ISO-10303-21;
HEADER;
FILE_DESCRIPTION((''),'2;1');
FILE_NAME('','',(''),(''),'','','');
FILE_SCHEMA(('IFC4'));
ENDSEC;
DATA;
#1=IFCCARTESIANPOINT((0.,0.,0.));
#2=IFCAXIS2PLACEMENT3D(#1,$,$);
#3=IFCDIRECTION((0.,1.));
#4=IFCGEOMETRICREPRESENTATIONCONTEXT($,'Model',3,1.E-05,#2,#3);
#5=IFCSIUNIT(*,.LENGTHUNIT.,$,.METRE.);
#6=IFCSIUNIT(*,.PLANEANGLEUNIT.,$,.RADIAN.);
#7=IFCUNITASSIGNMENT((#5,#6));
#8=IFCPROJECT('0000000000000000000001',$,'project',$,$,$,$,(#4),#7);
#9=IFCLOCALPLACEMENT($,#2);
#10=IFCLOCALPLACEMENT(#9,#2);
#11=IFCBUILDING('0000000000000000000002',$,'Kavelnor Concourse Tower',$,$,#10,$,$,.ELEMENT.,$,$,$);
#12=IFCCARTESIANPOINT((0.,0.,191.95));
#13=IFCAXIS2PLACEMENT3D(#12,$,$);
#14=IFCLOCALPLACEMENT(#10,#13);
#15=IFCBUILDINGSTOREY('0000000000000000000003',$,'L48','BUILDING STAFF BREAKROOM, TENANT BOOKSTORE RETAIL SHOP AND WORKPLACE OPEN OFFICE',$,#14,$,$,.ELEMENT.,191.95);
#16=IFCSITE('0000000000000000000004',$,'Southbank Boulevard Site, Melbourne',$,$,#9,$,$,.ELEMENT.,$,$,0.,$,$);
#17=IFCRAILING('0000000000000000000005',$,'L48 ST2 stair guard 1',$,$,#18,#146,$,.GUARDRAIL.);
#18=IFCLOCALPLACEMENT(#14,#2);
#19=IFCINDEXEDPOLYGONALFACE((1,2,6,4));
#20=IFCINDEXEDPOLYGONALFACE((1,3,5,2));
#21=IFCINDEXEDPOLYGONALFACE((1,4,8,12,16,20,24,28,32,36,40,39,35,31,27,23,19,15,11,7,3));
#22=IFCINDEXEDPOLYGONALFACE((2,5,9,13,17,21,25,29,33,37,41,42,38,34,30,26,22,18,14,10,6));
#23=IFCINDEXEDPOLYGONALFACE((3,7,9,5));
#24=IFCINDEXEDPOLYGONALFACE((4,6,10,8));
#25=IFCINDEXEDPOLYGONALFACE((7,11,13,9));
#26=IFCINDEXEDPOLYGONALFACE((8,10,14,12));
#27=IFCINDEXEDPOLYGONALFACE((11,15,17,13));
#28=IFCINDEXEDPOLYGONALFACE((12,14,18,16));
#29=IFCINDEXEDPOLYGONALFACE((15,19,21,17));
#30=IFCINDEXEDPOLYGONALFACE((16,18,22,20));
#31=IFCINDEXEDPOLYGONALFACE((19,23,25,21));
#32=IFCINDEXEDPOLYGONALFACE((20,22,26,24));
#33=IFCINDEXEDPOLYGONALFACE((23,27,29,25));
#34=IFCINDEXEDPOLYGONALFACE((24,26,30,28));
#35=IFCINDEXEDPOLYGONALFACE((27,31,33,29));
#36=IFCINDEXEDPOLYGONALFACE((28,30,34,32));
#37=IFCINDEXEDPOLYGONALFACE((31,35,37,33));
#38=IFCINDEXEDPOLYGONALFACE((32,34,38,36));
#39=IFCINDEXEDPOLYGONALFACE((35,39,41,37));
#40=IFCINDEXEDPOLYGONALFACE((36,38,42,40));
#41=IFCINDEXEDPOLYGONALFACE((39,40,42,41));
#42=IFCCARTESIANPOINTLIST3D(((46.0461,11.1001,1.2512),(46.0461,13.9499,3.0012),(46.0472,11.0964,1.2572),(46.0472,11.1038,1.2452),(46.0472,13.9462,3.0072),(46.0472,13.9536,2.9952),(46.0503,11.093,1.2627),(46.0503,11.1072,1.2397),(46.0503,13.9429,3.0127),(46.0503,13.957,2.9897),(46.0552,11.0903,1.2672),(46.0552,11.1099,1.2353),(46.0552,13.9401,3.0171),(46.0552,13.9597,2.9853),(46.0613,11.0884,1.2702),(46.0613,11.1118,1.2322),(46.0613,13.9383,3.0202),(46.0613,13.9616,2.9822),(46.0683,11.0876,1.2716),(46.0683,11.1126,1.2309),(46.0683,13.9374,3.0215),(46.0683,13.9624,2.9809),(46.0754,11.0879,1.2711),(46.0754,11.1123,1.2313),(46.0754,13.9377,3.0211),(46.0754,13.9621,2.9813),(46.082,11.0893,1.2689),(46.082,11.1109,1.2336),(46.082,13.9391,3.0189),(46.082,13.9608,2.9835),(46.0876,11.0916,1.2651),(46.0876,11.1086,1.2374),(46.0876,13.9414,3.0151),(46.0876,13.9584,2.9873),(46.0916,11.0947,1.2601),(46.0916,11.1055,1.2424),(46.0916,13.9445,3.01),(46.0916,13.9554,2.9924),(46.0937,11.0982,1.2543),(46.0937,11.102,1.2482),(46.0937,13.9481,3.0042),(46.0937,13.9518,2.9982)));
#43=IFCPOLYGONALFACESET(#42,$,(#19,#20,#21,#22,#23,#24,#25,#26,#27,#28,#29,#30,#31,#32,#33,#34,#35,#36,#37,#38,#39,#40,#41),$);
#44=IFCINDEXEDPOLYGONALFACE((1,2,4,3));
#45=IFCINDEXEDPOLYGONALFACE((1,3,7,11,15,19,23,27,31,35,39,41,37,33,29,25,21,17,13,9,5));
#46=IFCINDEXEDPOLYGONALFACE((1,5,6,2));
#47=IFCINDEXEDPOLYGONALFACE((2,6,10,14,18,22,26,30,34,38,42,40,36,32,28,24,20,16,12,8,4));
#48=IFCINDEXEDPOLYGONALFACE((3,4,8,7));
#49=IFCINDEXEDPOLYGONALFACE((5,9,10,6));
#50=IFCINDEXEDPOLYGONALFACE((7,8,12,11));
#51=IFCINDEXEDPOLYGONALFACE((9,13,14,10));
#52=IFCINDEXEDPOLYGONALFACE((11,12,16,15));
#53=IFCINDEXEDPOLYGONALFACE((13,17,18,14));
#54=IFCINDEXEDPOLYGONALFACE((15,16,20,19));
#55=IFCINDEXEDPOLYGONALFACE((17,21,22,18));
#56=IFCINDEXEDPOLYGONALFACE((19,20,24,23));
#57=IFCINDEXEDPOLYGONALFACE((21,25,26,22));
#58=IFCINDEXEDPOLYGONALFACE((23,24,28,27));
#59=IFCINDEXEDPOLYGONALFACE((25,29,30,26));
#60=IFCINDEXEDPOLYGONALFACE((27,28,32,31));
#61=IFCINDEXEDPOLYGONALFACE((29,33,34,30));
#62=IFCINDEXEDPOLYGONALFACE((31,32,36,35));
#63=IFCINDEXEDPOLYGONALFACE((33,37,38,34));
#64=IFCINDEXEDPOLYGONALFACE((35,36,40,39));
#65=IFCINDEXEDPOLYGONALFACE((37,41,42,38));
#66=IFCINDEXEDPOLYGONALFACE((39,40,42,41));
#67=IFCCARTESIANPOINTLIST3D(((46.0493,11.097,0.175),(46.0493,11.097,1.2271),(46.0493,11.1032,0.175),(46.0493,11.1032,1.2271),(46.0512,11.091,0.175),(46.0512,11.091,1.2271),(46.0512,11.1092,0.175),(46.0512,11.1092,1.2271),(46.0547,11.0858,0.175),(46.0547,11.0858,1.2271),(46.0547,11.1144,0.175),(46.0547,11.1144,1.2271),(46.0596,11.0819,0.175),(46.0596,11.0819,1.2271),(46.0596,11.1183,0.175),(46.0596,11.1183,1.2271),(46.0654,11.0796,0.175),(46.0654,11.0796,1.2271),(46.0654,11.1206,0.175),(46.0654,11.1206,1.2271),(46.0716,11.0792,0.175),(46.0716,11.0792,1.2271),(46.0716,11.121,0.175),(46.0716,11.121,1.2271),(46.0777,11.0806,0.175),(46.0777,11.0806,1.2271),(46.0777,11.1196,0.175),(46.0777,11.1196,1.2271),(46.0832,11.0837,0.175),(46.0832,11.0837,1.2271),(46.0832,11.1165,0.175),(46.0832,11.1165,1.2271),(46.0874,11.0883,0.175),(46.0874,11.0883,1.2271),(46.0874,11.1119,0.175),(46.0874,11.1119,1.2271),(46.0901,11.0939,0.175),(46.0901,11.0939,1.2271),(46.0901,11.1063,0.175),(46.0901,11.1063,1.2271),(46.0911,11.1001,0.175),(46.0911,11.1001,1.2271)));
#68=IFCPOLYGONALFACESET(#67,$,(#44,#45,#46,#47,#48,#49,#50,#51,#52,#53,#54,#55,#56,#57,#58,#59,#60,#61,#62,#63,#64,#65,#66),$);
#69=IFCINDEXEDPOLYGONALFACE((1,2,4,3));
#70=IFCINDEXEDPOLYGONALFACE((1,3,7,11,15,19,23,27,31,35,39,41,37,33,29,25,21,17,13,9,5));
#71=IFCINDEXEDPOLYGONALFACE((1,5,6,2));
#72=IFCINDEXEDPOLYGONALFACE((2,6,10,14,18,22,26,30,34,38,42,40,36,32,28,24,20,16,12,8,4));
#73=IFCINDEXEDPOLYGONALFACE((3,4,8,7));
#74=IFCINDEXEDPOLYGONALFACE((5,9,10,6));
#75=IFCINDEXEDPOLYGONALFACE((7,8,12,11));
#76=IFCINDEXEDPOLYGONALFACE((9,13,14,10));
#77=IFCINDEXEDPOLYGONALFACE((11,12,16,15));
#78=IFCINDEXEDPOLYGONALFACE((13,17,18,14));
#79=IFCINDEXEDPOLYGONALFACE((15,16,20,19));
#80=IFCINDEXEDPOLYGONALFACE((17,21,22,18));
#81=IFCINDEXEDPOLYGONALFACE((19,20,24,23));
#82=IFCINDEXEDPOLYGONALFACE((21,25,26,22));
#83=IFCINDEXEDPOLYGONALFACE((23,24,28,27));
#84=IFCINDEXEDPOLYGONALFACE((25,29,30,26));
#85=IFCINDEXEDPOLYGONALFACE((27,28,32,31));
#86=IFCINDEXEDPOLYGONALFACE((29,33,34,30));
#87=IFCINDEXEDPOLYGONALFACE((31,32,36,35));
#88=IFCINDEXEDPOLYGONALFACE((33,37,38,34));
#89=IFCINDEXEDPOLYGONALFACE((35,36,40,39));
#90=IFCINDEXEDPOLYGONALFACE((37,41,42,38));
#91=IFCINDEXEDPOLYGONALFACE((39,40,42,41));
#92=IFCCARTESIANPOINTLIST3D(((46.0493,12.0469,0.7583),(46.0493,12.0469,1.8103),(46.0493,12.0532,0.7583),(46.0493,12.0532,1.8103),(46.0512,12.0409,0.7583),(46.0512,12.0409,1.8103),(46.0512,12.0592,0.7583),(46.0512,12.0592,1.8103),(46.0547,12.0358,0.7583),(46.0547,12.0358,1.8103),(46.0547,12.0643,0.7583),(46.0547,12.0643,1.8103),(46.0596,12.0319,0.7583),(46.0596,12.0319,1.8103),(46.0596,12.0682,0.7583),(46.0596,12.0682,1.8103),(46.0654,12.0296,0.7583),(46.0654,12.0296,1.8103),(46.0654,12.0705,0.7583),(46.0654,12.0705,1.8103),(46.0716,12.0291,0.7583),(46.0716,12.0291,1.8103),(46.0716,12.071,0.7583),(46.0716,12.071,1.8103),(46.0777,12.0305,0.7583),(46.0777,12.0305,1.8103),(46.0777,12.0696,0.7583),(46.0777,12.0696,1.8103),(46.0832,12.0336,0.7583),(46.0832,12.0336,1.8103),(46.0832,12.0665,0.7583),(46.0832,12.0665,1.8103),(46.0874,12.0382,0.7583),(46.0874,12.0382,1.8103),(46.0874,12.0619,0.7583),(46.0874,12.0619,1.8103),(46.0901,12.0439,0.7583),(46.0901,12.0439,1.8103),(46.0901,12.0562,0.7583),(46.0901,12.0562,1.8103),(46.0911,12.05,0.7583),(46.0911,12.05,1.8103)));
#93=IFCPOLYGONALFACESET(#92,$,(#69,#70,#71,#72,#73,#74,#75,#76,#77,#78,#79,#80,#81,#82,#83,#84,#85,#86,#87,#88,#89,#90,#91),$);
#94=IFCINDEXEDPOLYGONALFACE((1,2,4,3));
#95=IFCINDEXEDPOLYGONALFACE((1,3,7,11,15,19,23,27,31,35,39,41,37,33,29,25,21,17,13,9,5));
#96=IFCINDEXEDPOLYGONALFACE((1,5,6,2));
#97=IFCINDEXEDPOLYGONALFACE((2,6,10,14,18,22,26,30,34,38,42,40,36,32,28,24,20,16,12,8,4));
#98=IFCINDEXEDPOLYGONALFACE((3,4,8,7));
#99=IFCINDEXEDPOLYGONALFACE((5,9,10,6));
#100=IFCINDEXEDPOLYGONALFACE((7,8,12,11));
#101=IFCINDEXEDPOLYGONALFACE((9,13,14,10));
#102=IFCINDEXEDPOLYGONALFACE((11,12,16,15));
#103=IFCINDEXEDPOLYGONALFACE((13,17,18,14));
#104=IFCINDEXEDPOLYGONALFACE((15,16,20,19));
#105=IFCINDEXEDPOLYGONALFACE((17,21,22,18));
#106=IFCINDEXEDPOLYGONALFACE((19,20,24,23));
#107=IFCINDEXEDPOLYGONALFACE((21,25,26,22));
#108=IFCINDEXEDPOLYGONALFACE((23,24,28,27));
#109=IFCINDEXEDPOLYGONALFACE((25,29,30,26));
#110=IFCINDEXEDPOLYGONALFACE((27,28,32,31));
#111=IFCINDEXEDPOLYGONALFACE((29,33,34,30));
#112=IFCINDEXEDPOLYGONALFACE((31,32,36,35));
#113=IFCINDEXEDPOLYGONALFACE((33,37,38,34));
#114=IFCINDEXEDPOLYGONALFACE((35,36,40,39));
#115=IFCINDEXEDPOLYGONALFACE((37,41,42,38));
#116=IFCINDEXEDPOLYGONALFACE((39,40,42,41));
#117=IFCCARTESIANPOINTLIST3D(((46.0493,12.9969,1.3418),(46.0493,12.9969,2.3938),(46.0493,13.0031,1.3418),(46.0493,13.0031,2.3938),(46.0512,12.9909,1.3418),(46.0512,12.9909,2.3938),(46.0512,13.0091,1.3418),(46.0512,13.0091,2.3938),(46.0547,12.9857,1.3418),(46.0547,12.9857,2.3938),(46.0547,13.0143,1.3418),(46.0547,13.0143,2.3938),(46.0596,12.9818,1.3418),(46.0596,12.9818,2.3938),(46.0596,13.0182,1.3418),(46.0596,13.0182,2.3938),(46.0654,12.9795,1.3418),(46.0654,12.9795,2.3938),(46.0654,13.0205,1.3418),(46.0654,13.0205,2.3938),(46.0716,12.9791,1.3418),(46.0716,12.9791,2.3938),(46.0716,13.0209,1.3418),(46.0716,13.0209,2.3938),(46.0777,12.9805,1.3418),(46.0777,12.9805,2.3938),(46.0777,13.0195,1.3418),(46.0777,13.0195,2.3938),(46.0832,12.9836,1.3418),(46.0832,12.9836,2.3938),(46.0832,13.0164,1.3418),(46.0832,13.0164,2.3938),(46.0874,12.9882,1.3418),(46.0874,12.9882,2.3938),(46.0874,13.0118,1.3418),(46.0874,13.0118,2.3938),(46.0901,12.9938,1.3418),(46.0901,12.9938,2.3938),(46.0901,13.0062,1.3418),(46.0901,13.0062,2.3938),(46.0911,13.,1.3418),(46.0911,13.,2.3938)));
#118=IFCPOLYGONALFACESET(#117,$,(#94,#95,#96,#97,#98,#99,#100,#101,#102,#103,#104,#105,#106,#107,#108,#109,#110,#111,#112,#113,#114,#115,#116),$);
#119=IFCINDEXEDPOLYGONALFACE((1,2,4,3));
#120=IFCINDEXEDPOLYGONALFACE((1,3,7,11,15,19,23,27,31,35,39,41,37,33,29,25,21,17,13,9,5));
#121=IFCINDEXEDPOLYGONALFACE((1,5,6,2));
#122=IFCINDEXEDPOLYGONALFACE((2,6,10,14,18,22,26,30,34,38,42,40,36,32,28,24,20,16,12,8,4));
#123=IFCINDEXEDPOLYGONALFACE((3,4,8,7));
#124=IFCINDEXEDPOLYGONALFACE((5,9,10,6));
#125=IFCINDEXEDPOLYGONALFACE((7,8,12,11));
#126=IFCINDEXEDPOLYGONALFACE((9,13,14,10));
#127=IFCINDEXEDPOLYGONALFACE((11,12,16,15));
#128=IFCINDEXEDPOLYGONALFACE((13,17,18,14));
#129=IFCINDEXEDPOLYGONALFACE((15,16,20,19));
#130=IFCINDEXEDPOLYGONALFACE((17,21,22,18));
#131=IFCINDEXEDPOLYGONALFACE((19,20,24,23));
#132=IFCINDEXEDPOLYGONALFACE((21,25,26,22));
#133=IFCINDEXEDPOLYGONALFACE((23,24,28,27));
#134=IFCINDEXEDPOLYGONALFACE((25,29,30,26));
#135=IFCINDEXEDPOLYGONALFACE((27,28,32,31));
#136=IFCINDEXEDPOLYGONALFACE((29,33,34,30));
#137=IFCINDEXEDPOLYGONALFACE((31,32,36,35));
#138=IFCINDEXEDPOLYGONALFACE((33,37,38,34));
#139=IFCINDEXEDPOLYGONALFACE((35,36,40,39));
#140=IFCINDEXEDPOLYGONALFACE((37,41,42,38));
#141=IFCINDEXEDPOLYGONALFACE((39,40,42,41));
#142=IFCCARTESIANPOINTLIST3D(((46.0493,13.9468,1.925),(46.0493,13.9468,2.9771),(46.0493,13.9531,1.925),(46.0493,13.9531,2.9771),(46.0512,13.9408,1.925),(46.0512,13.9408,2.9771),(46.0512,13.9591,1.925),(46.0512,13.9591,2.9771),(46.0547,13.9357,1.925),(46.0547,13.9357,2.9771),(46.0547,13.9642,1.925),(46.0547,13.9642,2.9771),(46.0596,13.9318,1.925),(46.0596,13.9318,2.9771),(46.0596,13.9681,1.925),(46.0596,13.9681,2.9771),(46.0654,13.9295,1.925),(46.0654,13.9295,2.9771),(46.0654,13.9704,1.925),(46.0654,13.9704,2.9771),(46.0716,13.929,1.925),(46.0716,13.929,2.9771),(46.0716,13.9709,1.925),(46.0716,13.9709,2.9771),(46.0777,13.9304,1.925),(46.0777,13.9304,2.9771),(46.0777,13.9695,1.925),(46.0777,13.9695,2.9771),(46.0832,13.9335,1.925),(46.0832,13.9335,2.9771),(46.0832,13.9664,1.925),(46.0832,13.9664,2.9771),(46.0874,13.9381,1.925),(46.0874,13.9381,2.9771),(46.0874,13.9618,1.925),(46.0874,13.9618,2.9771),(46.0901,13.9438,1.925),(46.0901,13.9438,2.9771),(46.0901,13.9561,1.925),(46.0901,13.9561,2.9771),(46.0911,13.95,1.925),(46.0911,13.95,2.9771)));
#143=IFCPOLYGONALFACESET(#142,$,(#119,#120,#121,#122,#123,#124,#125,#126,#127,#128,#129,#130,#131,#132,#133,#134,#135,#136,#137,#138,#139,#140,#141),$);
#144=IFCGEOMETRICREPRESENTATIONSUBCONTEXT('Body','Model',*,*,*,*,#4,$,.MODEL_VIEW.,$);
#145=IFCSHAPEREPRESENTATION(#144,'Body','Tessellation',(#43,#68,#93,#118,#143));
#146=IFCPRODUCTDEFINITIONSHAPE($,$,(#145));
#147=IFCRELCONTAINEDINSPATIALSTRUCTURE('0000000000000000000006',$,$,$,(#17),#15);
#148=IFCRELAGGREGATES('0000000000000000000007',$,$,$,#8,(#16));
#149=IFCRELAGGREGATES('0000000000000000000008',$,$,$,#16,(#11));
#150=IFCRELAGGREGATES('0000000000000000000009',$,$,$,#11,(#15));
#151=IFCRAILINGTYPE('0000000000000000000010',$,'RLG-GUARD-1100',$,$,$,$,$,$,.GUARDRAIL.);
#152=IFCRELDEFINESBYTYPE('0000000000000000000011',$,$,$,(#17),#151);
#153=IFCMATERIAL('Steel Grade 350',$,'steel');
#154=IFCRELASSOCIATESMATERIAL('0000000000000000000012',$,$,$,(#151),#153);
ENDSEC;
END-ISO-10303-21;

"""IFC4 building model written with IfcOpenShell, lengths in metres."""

from ifc_helpers import new_model, si_unit, direction, frame, origin, origin_2d, place, context, subcontext, project, spatial, circle, extrude, material, type_object, element, save


model = new_model("IFC4")

# Units and contexts
model_context = context("Model", 3, precision=1e-05, world=origin(), true_north=direction((0.0, 1.0)))
body_context = subcontext(model_context, "Body", "Model", "MODEL_VIEW")
ifc_project = project(units=[si_unit("LENGTHUNIT", "METRE"), si_unit("PLANEANGLEUNIT", "RADIAN")], contexts=[model_context])

# Site, building, storey
site_placement = place(None, origin())
site = spatial("IfcSite", under=ifc_project, at=site_placement, Name="Southbank Boulevard Site, Melbourne", CompositionType="ELEMENT", RefElevation=0.0)
building_placement = place(site_placement, origin())
building = spatial("IfcBuilding", under=site, at=building_placement, Name="Kavelnor Concourse Tower", CompositionType="ELEMENT")
storey_placement = place(building_placement, frame((0.0, 0.0, 191.95)))
storey = spatial("IfcBuildingStorey", under=building, at=storey_placement, Name="L48", Description="BUILDING STAFF BREAKROOM, TENANT BOOKSTORE RETAIL SHOP AND WORKPLACE OPEN OFFICE", CompositionType="ELEMENT", Elevation=191.95)

# Shared definitions
ifc_material_1 = material(Name="Steel Grade 350", Category="steel")

# Railing
railing_type_1 = type_object("IfcRailingType", Name="RLG-GUARD-1100", PredefinedType="GUARDRAIL", material=ifc_material_1)
railing_1_placement = place(storey_placement, frame((46.0701, 11.1001, 0.175)))
element("IfcRailing", 1, at=railing_1_placement, inside=storey, type_object=railing_type_1, Name="L48 ST2 stair guard 1", PredefinedType="GUARDRAIL", context=body_context, shape_type="SweptSolid", body=[
    extrude(circle(Radius=0.0239, at=origin_2d()), frame((0.0, 0.0, 1.0762), z_axis=(0.0, 0.852159, 0.523283), x_axis=(-1.0, 0.0, 0.0)), (0.0, 0.0, 1.0), 3.3442),
    extrude(circle(Radius=0.021, at=origin_2d()), origin(), (0.0, 0.0, 1.0), 1.052),
    extrude(circle(Radius=0.021, at=origin_2d()), frame((0.0, 0.95, 0.5833)), (0.0, 0.0, 1.0), 1.052),
    extrude(circle(Radius=0.021, at=origin_2d()), frame((0.0, 1.8999, 1.1667)), (0.0, 0.0, 1.0), 1.052),
    extrude(circle(Radius=0.021, at=origin_2d()), frame((0.0, 2.8499, 1.75)), (0.0, 0.0, 1.0), 1.052),
])

save(model, "model.ifc")
